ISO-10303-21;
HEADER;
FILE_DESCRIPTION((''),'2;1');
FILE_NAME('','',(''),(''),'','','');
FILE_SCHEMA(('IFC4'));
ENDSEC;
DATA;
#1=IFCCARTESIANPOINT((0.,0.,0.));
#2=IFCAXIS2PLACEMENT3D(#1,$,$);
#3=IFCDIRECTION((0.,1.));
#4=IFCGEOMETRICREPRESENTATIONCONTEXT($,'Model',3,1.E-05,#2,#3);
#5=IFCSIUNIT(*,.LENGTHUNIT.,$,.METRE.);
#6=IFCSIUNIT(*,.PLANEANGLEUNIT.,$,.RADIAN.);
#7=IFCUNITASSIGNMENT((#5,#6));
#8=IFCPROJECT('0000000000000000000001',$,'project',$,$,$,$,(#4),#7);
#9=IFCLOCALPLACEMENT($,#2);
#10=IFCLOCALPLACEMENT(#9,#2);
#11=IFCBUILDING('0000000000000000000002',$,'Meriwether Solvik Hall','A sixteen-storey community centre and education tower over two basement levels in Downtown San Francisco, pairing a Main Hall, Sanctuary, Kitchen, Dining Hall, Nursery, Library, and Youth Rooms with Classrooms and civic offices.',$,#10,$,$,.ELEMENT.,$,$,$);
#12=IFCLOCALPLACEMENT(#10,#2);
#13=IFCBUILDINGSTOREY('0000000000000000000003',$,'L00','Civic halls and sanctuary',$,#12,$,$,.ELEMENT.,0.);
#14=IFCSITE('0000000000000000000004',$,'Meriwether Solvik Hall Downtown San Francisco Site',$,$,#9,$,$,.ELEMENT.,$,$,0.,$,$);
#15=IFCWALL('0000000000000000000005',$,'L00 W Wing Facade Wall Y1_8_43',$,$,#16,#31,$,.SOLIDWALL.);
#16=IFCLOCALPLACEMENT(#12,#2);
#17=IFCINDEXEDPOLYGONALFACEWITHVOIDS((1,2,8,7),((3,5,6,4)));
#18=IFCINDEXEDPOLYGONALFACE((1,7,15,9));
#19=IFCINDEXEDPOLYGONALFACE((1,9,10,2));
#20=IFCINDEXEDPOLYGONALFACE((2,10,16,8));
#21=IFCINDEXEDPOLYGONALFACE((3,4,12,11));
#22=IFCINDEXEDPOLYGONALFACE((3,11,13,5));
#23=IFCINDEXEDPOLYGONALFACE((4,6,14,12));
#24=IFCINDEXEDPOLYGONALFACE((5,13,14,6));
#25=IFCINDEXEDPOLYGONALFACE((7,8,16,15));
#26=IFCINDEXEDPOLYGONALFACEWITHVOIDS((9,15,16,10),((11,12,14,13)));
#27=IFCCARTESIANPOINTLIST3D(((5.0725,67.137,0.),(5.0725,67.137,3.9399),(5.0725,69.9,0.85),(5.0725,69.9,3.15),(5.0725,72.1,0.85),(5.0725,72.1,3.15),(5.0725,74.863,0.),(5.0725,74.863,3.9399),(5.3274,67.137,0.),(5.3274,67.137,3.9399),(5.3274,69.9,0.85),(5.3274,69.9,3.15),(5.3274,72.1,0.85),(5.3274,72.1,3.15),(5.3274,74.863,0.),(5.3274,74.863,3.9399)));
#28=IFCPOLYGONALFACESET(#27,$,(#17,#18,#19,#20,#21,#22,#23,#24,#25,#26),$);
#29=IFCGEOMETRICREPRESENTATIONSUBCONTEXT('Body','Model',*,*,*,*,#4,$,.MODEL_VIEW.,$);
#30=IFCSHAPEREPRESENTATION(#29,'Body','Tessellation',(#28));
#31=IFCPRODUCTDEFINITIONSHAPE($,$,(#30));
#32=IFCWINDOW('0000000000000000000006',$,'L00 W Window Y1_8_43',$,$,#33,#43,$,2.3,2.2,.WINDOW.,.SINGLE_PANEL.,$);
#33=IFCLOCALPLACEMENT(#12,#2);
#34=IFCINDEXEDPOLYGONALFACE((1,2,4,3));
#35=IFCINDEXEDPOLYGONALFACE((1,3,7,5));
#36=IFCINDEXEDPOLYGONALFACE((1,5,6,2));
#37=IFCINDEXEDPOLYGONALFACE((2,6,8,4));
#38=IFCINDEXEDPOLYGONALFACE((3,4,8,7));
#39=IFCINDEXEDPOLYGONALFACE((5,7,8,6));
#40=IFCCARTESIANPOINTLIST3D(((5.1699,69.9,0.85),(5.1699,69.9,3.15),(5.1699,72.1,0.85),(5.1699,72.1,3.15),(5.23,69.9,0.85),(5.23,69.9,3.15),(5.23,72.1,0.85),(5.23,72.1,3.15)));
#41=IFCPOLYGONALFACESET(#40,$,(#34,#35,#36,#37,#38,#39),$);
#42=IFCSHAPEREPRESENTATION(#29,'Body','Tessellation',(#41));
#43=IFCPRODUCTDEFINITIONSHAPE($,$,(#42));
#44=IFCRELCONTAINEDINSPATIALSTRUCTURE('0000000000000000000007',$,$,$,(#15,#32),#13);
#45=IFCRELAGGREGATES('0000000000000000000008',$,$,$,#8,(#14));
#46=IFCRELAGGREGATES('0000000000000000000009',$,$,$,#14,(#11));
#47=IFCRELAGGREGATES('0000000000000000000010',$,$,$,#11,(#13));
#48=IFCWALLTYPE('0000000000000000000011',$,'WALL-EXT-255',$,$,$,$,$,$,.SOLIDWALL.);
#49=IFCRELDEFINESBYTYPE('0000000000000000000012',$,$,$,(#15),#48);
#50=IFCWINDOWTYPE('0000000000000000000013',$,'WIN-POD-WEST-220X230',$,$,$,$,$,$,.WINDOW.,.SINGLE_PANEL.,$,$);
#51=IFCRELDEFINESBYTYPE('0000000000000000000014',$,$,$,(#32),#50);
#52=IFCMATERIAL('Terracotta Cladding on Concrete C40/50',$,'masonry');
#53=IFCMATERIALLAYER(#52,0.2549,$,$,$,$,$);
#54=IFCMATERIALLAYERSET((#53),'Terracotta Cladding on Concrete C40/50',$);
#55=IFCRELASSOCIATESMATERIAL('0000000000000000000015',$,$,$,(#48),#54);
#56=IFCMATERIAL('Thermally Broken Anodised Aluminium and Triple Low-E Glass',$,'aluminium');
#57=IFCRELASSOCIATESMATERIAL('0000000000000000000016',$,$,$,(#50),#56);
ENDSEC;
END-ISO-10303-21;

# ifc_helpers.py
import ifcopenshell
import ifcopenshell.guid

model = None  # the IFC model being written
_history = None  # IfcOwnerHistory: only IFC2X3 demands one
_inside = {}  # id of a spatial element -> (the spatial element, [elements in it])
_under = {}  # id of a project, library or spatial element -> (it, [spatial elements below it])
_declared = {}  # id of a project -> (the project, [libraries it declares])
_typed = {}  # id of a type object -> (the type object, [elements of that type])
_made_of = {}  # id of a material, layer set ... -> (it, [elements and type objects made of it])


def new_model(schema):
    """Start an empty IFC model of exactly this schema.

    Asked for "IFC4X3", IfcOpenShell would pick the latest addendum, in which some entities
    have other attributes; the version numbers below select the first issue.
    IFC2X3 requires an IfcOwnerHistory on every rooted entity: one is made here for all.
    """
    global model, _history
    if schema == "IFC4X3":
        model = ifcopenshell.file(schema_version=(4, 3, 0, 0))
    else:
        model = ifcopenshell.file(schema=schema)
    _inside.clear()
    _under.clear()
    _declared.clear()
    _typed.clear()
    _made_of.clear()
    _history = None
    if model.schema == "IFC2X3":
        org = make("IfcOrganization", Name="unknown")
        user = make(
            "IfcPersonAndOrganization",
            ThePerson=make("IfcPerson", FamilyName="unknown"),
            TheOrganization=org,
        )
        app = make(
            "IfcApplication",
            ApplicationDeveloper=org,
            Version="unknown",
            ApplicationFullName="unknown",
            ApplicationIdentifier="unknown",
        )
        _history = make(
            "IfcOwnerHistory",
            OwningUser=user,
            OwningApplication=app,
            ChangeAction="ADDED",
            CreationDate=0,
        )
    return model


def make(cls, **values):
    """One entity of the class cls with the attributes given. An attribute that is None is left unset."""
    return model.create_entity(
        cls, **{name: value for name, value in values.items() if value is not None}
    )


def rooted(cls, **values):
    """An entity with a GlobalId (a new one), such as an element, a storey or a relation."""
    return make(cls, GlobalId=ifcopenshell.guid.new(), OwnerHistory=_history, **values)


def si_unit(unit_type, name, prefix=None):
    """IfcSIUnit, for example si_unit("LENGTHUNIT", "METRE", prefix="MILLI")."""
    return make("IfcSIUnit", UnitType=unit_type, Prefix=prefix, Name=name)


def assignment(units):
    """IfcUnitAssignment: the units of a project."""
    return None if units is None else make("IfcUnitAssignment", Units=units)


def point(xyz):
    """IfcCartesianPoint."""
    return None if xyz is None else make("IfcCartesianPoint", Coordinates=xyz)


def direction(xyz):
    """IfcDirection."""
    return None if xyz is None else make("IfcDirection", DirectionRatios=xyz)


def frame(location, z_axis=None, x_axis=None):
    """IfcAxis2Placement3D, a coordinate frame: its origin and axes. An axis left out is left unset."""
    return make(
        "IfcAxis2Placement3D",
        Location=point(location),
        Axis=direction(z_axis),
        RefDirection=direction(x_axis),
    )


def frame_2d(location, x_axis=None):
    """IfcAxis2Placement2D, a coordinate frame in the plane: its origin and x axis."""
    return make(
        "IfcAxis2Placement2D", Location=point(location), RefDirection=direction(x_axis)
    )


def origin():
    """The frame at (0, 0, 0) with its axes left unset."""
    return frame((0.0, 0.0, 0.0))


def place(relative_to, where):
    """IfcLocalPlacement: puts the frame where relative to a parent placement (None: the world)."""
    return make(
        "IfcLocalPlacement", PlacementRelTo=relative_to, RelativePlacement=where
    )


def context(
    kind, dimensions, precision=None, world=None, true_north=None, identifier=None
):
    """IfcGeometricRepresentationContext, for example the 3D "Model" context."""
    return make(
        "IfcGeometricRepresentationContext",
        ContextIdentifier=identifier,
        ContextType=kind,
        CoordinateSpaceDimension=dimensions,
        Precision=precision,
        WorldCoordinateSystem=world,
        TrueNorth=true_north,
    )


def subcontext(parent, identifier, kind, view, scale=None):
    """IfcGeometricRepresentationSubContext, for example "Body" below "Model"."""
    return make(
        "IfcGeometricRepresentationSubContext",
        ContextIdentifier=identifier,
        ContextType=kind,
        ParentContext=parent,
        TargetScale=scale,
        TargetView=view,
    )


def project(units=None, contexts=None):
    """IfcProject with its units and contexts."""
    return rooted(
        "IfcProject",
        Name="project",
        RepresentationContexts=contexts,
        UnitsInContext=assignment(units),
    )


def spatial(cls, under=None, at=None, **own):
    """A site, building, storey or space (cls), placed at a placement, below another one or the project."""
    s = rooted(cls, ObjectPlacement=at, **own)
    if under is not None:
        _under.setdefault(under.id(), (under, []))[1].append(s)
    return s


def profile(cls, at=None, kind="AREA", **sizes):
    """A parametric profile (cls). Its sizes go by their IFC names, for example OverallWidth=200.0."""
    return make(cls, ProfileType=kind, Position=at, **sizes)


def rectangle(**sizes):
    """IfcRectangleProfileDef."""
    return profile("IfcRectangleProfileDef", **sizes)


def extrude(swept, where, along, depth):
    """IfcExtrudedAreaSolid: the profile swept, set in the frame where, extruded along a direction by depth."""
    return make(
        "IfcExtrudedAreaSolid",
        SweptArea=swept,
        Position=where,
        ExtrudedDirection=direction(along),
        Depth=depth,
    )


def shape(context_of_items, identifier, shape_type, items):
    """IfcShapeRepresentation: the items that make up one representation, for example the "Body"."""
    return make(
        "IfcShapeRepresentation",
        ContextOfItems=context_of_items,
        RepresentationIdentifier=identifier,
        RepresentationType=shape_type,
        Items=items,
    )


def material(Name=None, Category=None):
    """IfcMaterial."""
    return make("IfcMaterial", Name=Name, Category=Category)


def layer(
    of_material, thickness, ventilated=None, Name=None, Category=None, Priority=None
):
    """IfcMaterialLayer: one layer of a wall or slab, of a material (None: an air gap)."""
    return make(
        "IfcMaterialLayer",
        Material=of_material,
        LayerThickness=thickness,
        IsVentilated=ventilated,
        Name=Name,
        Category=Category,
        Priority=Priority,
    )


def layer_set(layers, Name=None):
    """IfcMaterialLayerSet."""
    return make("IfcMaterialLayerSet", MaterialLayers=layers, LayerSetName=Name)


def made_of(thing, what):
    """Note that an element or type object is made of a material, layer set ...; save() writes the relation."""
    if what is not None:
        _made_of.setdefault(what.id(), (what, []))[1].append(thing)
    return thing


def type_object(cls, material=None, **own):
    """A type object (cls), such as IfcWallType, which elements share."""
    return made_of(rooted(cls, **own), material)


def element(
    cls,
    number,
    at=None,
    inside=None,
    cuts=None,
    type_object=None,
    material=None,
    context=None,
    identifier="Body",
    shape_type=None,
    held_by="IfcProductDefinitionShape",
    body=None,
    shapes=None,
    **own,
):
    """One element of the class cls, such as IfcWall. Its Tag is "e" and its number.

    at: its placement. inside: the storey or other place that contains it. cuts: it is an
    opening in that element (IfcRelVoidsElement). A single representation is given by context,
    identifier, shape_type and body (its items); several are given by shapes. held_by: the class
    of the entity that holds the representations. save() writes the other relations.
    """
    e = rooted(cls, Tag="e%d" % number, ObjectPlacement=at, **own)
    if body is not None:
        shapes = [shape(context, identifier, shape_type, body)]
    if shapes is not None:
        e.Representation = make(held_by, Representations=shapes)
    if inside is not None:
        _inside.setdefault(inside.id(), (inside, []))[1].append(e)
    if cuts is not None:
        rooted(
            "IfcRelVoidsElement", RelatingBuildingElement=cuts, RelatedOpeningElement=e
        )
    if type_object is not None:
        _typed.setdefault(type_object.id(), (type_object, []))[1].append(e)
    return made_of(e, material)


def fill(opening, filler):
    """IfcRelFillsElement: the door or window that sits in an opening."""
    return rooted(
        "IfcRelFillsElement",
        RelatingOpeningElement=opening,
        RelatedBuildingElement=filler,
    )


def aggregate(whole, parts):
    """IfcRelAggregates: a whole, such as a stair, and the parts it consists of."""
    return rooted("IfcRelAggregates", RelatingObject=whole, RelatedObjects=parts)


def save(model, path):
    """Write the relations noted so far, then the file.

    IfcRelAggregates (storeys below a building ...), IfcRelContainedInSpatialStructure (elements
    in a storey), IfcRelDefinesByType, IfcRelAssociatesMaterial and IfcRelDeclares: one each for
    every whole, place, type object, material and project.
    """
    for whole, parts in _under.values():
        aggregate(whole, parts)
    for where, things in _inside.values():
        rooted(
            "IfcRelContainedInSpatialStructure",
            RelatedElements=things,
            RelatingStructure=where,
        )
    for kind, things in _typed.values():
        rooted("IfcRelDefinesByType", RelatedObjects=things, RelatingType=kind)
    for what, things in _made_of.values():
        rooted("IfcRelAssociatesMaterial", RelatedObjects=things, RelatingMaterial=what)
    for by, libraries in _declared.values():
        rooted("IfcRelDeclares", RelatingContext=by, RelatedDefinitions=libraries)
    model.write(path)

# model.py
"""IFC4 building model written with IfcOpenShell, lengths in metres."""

from ifc_helpers import new_model, si_unit, direction, frame, frame_2d, origin, place, context, subcontext, project, spatial, rectangle, extrude, material, layer, layer_set, type_object, element, fill, save


model = new_model("IFC4")

# Units and contexts
model_context = context("Model", 3, precision=1e-05, world=origin(), true_north=direction((0.0, 1.0)))
body_context = subcontext(model_context, "Body", "Model", "MODEL_VIEW")
ifc_project = project(units=[si_unit("LENGTHUNIT", "METRE"), si_unit("PLANEANGLEUNIT", "RADIAN")], contexts=[model_context])

# Site, building, storey
site_placement = place(None, origin())
site = spatial("IfcSite", under=ifc_project, at=site_placement, Name="Meriwether Solvik Hall Downtown San Francisco Site", CompositionType="ELEMENT", RefElevation=0.0)
building_placement = place(site_placement, origin())
building = spatial("IfcBuilding", under=site, at=building_placement, Name="Meriwether Solvik Hall", Description="A sixteen-storey community centre and education tower over two basement levels in Downtown San Francisco, pairing a Main Hall, Sanctuary, Kitchen, Dining Hall, Nursery, Library, and Youth Rooms with Classrooms and civic offices.", CompositionType="ELEMENT")
storey_placement = place(building_placement, origin())
storey = spatial("IfcBuildingStorey", under=building, at=storey_placement, Name="L00", Description="Civic halls and sanctuary", CompositionType="ELEMENT", Elevation=0.0)

# Shared definitions
ifc_material_1 = material(Name="Terracotta Cladding on Concrete C40/50", Category="masonry")
ifc_layer = layer(ifc_material_1, 0.2549)
ifc_layer_set = layer_set([ifc_layer], Name="Terracotta Cladding on Concrete C40/50")
wall_type = type_object("IfcWallType", Name="WALL-EXT-255", PredefinedType="SOLIDWALL", material=ifc_layer_set)

# Wall, opening, window
wall_1_placement = place(storey_placement, frame((5.2, 67.137, 0.0), z_axis=(0.0, 0.0, 1.0), x_axis=(0.0, 1.0, 0.0)))
wall_1 = element("IfcWall", 1, at=wall_1_placement, inside=storey, type_object=wall_type, Name="L00 W Wing Facade Wall Y1_8_43", PredefinedType="SOLIDWALL", context=body_context, shape_type="SweptSolid", body=[
    extrude(rectangle(XDim=7.7261, YDim=0.2549, at=frame_2d((3.863, 0.0))), origin(), (0.0, 0.0, 1.0), 3.9399),
])
opening_1_placement = place(wall_1_placement, frame((2.7629, 0.0, 0.8501)))
opening_1 = element("IfcOpeningElement", 2, at=opening_1_placement, cuts=wall_1, PredefinedType="OPENING", context=body_context, shape_type="SweptSolid", body=[
    extrude(rectangle(XDim=2.2, YDim=2.3, at=frame_2d((1.1001, 1.1499))), frame((0.0, 0.1394, 0.0), z_axis=(0.0, -1.0, 0.0), x_axis=(1.0, 0.0, 0.0)), (0.0, 0.0, 1.0), 0.2788),
])
ifc_material_2 = material(Name="Thermally Broken Anodised Aluminium and Triple Low-E Glass", Category="aluminium")
window_type = type_object("IfcWindowType", Name="WIN-POD-WEST-220X230", PartitioningType="SINGLE_PANEL", PredefinedType="WINDOW", material=ifc_material_2)
window_placement = place(opening_1_placement, origin())
window = element("IfcWindow", 3, at=window_placement, inside=storey, type_object=window_type, Name="L00 W Window Y1_8_43", OverallHeight=2.3, OverallWidth=2.2, PartitioningType="SINGLE_PANEL", PredefinedType="WINDOW", context=body_context, shape_type="SweptSolid", body=[
    extrude(rectangle(XDim=2.2, YDim=2.3, at=frame_2d((1.1001, 1.1499))), frame((0.0, 0.03, 0.0), z_axis=(0.0, -1.0, 0.0), x_axis=(1.0, 0.0, 0.0)), (0.0, 0.0, 1.0), 0.0601),
])
fill(opening_1, window)

save(model, "model.ifc")
